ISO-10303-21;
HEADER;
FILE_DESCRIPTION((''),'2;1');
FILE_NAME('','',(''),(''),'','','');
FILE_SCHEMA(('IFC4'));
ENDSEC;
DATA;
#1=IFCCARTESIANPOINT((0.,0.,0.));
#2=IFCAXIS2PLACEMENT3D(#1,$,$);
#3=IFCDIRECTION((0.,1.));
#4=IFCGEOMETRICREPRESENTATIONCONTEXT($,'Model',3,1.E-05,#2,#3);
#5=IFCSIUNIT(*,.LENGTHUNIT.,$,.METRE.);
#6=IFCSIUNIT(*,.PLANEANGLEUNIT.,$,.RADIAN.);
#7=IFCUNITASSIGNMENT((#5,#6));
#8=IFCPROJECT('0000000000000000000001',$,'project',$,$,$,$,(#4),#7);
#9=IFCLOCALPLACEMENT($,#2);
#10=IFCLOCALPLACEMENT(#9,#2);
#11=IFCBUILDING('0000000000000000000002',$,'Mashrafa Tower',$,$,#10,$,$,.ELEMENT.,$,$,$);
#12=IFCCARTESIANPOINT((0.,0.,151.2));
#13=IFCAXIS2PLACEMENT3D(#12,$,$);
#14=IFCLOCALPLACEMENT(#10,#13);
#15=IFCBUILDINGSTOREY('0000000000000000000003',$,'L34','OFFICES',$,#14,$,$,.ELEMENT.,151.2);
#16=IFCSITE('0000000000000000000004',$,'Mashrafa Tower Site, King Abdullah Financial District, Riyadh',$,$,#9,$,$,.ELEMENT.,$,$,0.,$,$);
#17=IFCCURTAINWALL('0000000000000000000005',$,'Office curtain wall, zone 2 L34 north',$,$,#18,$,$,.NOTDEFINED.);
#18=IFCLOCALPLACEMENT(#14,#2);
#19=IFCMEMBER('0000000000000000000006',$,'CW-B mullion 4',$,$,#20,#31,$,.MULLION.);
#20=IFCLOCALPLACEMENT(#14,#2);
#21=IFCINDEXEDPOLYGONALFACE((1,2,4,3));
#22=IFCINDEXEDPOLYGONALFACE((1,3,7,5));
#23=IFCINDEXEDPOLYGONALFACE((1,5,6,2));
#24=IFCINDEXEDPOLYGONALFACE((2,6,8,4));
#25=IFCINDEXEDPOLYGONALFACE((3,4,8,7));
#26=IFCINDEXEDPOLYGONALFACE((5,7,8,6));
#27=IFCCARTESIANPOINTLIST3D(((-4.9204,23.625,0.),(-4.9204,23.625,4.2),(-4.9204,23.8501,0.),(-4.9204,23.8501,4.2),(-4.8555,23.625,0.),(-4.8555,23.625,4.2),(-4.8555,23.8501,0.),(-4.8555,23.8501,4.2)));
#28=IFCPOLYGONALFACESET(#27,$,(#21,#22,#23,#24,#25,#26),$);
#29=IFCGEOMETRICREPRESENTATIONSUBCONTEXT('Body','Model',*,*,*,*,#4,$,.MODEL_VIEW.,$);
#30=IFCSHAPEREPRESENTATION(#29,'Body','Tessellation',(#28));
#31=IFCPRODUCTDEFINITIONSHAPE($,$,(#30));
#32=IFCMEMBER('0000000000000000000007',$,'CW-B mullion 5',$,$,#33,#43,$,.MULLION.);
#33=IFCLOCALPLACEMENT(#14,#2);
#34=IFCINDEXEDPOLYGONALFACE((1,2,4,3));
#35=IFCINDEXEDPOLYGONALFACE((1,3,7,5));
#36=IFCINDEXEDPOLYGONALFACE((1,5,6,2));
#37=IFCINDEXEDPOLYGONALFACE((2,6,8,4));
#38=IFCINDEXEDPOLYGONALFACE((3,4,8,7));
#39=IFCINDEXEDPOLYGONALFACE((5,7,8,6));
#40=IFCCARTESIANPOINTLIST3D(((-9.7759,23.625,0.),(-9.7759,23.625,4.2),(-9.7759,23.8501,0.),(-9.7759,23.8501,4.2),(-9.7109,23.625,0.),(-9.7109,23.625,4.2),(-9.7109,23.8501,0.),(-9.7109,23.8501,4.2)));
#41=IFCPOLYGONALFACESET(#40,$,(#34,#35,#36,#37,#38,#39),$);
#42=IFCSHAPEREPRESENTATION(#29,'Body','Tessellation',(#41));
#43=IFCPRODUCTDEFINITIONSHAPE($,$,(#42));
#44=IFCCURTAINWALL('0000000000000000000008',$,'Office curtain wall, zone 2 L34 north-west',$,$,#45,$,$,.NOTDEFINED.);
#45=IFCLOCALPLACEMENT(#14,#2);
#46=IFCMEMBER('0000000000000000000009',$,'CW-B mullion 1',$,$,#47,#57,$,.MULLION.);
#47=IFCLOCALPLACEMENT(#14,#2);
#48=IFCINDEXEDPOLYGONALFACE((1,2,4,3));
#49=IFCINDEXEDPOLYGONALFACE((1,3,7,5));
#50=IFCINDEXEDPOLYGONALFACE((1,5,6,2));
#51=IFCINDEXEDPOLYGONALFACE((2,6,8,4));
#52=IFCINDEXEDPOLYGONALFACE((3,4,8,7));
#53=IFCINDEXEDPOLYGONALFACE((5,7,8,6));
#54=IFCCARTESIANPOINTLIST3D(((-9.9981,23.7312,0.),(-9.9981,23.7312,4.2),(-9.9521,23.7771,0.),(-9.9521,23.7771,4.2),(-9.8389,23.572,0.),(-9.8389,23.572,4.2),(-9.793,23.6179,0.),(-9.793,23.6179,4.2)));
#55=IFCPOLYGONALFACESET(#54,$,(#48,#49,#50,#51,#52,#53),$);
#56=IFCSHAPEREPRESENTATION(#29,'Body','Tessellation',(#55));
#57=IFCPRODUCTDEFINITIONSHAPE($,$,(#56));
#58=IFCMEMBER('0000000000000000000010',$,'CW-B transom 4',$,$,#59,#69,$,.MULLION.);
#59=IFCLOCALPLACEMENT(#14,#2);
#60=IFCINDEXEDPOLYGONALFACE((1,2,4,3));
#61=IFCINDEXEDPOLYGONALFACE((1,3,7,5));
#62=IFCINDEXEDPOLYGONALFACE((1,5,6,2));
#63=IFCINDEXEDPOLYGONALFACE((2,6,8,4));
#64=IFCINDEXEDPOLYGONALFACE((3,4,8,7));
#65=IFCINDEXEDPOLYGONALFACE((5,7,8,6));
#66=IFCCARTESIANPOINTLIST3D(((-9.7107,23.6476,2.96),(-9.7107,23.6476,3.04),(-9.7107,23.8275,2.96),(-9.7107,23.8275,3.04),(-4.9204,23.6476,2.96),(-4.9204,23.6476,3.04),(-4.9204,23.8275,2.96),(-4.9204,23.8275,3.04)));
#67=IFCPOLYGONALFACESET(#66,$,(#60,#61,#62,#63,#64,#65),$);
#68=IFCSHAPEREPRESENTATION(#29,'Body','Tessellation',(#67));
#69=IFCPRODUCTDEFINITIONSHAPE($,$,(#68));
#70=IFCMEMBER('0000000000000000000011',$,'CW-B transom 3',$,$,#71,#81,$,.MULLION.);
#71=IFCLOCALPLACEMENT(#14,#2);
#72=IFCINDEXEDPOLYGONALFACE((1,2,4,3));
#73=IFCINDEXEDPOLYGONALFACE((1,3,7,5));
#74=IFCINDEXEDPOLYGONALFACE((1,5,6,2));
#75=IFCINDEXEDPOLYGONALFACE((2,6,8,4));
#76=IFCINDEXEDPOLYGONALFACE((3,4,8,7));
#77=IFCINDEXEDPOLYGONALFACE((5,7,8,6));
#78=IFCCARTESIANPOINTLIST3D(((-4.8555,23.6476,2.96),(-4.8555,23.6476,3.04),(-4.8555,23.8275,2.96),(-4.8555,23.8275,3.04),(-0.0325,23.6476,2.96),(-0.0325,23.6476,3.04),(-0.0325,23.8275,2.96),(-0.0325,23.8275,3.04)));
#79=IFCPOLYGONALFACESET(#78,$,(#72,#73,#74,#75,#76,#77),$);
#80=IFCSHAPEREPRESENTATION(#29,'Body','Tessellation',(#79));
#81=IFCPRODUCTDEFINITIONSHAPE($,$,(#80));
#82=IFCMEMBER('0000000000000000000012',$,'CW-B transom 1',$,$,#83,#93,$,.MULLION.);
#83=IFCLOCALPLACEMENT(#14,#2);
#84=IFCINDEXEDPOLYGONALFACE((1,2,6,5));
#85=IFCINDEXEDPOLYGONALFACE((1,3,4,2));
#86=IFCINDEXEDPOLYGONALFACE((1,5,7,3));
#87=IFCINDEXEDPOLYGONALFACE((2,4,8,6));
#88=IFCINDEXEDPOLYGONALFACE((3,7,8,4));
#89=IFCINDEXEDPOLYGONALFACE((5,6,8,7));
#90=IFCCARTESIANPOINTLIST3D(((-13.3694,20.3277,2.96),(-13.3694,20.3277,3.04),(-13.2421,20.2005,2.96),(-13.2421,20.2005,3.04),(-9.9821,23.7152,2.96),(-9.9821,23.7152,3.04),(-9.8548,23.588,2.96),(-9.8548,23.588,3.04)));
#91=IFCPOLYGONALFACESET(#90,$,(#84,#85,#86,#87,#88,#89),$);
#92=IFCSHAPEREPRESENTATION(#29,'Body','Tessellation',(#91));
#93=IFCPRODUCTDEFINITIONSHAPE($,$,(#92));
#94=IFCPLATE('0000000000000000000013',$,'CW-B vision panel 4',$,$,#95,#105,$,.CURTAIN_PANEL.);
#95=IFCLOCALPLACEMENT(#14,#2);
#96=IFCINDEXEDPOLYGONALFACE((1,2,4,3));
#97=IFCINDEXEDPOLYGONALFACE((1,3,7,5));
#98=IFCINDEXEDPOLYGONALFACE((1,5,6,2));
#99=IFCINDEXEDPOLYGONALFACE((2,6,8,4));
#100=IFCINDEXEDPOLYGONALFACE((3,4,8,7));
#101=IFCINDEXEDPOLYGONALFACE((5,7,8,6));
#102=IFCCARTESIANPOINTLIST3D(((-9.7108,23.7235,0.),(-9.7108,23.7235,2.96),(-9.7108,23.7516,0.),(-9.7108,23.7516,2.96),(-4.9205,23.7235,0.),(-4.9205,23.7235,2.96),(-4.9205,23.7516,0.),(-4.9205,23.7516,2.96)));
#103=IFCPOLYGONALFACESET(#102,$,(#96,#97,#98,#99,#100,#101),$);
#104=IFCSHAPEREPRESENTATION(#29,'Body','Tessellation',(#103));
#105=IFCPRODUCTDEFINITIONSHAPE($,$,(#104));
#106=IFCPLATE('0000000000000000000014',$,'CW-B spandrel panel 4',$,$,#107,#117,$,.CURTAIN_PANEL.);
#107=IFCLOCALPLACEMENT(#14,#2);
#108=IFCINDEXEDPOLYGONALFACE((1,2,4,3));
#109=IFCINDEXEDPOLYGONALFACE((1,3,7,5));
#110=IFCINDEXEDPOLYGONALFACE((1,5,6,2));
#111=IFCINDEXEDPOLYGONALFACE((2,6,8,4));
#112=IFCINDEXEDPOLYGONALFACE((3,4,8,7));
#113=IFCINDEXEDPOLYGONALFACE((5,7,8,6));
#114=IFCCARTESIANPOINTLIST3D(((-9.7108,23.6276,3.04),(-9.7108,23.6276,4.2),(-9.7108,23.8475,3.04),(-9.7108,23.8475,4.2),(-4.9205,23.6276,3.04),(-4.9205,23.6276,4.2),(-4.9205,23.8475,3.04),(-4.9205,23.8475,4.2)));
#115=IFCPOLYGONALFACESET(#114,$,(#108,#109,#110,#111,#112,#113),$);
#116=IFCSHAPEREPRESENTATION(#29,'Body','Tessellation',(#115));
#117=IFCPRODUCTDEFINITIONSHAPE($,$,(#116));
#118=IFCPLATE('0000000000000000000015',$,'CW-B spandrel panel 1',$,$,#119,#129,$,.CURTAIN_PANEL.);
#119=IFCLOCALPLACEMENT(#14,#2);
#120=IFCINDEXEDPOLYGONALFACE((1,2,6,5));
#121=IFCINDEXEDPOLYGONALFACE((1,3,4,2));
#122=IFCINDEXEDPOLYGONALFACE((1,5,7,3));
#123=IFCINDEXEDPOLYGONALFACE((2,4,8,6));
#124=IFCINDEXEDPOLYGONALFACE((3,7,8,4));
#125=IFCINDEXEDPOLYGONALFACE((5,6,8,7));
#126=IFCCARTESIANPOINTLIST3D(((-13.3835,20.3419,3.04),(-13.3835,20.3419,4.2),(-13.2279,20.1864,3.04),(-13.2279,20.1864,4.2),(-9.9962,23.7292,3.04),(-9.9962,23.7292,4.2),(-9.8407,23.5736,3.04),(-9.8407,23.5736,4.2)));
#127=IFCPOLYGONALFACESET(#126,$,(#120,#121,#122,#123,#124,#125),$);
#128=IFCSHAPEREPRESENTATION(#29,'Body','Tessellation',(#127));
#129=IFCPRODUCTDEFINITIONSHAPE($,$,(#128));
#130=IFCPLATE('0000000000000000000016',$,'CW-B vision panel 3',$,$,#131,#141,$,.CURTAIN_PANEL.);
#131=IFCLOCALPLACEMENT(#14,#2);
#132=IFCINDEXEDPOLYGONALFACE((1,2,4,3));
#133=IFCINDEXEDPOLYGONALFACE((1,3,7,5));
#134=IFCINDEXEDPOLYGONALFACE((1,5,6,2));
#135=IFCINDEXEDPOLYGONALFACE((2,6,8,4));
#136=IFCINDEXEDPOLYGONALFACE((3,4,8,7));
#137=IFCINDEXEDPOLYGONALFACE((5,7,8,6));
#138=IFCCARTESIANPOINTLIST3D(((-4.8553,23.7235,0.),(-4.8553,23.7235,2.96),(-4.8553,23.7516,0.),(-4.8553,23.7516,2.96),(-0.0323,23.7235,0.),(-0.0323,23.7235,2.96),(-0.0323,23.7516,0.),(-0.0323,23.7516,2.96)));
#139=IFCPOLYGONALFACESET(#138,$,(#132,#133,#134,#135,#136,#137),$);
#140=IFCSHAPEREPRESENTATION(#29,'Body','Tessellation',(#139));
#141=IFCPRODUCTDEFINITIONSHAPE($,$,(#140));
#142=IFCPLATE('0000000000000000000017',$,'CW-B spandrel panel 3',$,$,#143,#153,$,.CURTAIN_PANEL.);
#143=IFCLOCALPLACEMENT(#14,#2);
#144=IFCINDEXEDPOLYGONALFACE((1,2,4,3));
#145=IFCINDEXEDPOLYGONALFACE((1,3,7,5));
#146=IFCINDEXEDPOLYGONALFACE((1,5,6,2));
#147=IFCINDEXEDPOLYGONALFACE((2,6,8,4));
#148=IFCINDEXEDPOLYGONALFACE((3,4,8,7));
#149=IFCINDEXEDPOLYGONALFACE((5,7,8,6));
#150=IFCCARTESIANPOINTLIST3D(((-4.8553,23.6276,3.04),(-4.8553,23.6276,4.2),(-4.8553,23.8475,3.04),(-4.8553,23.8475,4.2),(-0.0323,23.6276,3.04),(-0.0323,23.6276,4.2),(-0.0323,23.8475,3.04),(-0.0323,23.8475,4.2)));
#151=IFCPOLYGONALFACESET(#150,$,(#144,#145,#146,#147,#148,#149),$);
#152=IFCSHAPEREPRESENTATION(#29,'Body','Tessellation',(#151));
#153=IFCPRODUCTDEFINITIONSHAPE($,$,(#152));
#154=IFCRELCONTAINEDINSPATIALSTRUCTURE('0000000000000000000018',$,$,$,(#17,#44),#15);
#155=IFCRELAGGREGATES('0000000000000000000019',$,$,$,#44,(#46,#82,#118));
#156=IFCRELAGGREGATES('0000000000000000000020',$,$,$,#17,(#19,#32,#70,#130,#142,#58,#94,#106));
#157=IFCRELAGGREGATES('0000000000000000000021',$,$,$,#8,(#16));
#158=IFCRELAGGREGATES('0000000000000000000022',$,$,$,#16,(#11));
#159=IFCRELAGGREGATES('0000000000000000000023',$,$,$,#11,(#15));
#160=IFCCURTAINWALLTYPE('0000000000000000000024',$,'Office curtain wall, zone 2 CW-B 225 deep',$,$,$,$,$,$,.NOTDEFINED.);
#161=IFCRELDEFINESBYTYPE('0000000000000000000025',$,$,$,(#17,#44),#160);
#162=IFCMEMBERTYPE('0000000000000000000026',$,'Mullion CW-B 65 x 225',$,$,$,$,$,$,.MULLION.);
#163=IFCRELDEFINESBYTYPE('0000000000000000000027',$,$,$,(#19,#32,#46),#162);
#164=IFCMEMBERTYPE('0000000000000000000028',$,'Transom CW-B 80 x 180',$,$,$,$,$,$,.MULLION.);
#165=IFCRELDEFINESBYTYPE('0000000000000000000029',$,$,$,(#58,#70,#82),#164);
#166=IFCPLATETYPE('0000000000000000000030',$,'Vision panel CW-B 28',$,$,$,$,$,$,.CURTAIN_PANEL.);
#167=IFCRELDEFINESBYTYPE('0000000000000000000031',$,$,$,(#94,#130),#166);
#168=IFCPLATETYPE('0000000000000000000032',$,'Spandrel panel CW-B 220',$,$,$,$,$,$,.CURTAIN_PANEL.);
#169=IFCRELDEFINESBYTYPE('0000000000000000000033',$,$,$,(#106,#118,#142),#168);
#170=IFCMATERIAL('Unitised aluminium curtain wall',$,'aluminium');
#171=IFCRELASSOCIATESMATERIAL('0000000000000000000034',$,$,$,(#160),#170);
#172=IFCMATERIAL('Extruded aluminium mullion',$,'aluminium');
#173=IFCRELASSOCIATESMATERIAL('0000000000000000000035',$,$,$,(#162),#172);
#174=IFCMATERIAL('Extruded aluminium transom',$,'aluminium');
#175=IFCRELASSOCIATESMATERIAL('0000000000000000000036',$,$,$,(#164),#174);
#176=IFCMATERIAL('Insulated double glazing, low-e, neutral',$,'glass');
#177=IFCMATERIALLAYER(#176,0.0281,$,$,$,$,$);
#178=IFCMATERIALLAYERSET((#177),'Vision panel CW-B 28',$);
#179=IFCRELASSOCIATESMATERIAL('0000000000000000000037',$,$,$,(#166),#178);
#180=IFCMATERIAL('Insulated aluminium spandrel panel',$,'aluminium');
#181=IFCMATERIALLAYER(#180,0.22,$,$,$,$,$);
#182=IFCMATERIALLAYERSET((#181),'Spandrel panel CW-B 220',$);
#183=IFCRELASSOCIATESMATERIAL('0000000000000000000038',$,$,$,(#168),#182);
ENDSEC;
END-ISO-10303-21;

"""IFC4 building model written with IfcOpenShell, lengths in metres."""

from ifc_helpers import new_model, si_unit, direction, frame, origin, origin_2d, place, context, subcontext, project, spatial, rectangle, extrude, source, transform, mapped, material, layer, layer_set, material_profile, profile_set, type_object, type_shapes, element, aggregate, save


model = new_model("IFC4")

# Units and contexts
model_context = context("Model", 3, precision=1e-05, world=origin(), true_north=direction((0.0, 1.0)))
body_context = subcontext(model_context, "Body", "Model", "MODEL_VIEW")
ifc_project = project(units=[si_unit("LENGTHUNIT", "METRE"), si_unit("PLANEANGLEUNIT", "RADIAN")], contexts=[model_context])

# Site, building, storey
site_placement = place(None, origin())
site = spatial("IfcSite", under=ifc_project, at=site_placement, Name="Mashrafa Tower Site, King Abdullah Financial District, Riyadh", CompositionType="ELEMENT", RefElevation=0.0)
building_placement = place(site_placement, origin())
building = spatial("IfcBuilding", under=site, at=building_placement, Name="Mashrafa Tower", CompositionType="ELEMENT")
storey_placement = place(building_placement, frame((0.0, 0.0, 151.2)))
storey = spatial("IfcBuildingStorey", under=building, at=storey_placement, Name="L34", Description="OFFICES", CompositionType="ELEMENT", Elevation=151.2)

# Curtain wall, members
ifc_material_1 = material(Name="Unitised aluminium curtain wall", Category="aluminium")
curtain_wall_type = type_object("IfcCurtainWallType", Name="Office curtain wall, zone 2 CW-B 225 deep", PredefinedType="NOTDEFINED", material=ifc_material_1)
curtain_wall_1_placement = place(storey_placement, origin())
curtain_wall_1 = element("IfcCurtainWall", 1, at=curtain_wall_1_placement, inside=storey, type_object=curtain_wall_type, Name="Office curtain wall, zone 2 L34 north", PredefinedType="NOTDEFINED")
ifc_material_2 = material(Name="Extruded aluminium mullion", Category="aluminium")
ifc_material_profile_1 = material_profile(ifc_material_2, rectangle(XDim=0.2251, YDim=0.0649, at=origin_2d()), Name="Mullion 65x225")
ifc_profile_set_1 = profile_set([ifc_material_profile_1], Name="Extruded aluminium mullion")
member_type_1 = type_object("IfcMemberType", Name="Mullion CW-B 65 x 225", PredefinedType="MULLION", material=ifc_profile_set_1)
shared_shape_1 = source(origin(), body_context, "Body", "SweptSolid", [
    extrude(rectangle(XDim=0.2251, YDim=0.0649, at=origin_2d()), origin(), (0.0, 0.0, 1.0), 4.2),
])
type_shapes(member_type_1, [shared_shape_1])
member_1_placement = place(storey_placement, frame((-4.8879, 23.7375, 0.0), z_axis=(0.0, 0.0, 1.0), x_axis=(0.0, -1.0, 0.0)))
member_1 = element("IfcMember", 2, at=member_1_placement, type_object=member_type_1, Name="CW-B mullion 4", PredefinedType="MULLION", context=body_context, shape_type="MappedRepresentation", body=[
    mapped(shared_shape_1, transform((0.0, 0.0, 0.0))),
])
member_2_placement = place(storey_placement, frame((-9.7434, 23.7375, 0.0), z_axis=(0.0, 0.0, 1.0), x_axis=(0.0, -1.0, 0.0)))
member_2 = element("IfcMember", 3, at=member_2_placement, type_object=member_type_1, Name="CW-B mullion 5", PredefinedType="MULLION", context=body_context, shape_type="MappedRepresentation", body=[
    mapped(shared_shape_1, transform((0.0, 0.0, 0.0))),
])

# Curtain wall, member
curtain_wall_2_placement = place(storey_placement, origin())
curtain_wall_2 = element("IfcCurtainWall", 4, at=curtain_wall_2_placement, inside=storey, type_object=curtain_wall_type, Name="Office curtain wall, zone 2 L34 north-west", PredefinedType="NOTDEFINED")
member_3_placement = place(storey_placement, frame((-9.8955, 23.6746, 0.0), z_axis=(0.0, 0.0, 1.0), x_axis=(0.707107, -0.707107, 0.0)))
member_3 = element("IfcMember", 5, at=member_3_placement, type_object=member_type_1, Name="CW-B mullion 1", PredefinedType="MULLION", context=body_context, shape_type="MappedRepresentation", body=[
    mapped(shared_shape_1, transform((0.0, 0.0, 0.0))),
])

# Members
ifc_material_3 = material(Name="Extruded aluminium transom", Category="aluminium")
ifc_material_profile_2 = material_profile(ifc_material_3, rectangle(XDim=0.1799, YDim=0.0801, at=origin_2d()), Name="Transom 80x180")
ifc_profile_set_2 = profile_set([ifc_material_profile_2], Name="Extruded aluminium transom")
member_type_2 = type_object("IfcMemberType", Name="Transom CW-B 80 x 180", PredefinedType="MULLION", material=ifc_profile_set_2)
shared_shape_2 = source(origin(), body_context, "Body", "SweptSolid", [
    extrude(rectangle(XDim=0.1799, YDim=0.0801, at=origin_2d()), origin(), (0.0, 0.0, 1.0), 4.7903),
])
member_4_placement = place(storey_placement, frame((-4.9204, 23.7375, 3.0), z_axis=(-1.0, 0.0, 0.0), x_axis=(0.0, -1.0, 0.0)))
member_4 = element("IfcMember", 6, at=member_4_placement, type_object=member_type_2, Name="CW-B transom 4", PredefinedType="MULLION", context=body_context, shape_type="MappedRepresentation", body=[
    mapped(shared_shape_2, transform((0.0, 0.0, 0.0))),
])
shared_shape_3 = source(origin(), body_context, "Body", "SweptSolid", [
    extrude(rectangle(XDim=0.1799, YDim=0.0801, at=origin_2d()), origin(), (0.0, 0.0, 1.0), 4.823),
])
member_5_placement = place(storey_placement, frame((-0.0325, 23.7375, 3.0), z_axis=(-1.0, 0.0, 0.0), x_axis=(0.0, -1.0, 0.0)))
member_5 = element("IfcMember", 7, at=member_5_placement, type_object=member_type_2, Name="CW-B transom 3", PredefinedType="MULLION", context=body_context, shape_type="MappedRepresentation", body=[
    mapped(shared_shape_3, transform((0.0, 0.0, 0.0))),
])
shared_shape_4 = source(origin(), body_context, "Body", "SweptSolid", [
    extrude(rectangle(XDim=0.1799, YDim=0.0801, at=origin_2d()), origin(), (0.0, 0.0, 1.0), 4.7905),
])
type_shapes(member_type_2, [shared_shape_2, shared_shape_3, shared_shape_4])
member_6_placement = place(storey_placement, frame((-9.9185, 23.6516, 3.0), z_axis=(-0.707081, -0.707132, 0.0), x_axis=(0.707132, -0.707081, 0.0)))
member_6 = element("IfcMember", 8, at=member_6_placement, type_object=member_type_2, Name="CW-B transom 1", PredefinedType="MULLION", context=body_context, shape_type="MappedRepresentation", body=[
    mapped(shared_shape_4, transform((0.0, 0.0, 0.0))),
])

# Plates
ifc_material_4 = material(Name="Insulated double glazing, low-e, neutral", Category="glass")
ifc_layer_1 = layer(ifc_material_4, 0.0281)
ifc_layer_set_1 = layer_set([ifc_layer_1], Name="Vision panel CW-B 28")
plate_type_1 = type_object("IfcPlateType", Name="Vision panel CW-B 28", PredefinedType="CURTAIN_PANEL", material=ifc_layer_set_1)
shared_shape_5 = source(origin(), body_context, "Body", "SweptSolid", [
    extrude(rectangle(XDim=4.7903, YDim=0.0281, at=origin_2d()), origin(), (0.0, 0.0, 1.0), 2.96),
])
plate_1_placement = place(storey_placement, frame((-7.3157, 23.7375, 0.0), z_axis=(0.0, 0.0, 1.0), x_axis=(-1.0, 0.0, 0.0)))
plate_1 = element("IfcPlate", 9, at=plate_1_placement, type_object=plate_type_1, Name="CW-B vision panel 4", PredefinedType="CURTAIN_PANEL", context=body_context, shape_type="MappedRepresentation", body=[
    mapped(shared_shape_5, transform((0.0, 0.0, 0.0))),
])
ifc_material_5 = material(Name="Insulated aluminium spandrel panel", Category="aluminium")
ifc_layer_2 = layer(ifc_material_5, 0.22)
ifc_layer_set_2 = layer_set([ifc_layer_2], Name="Spandrel panel CW-B 220")
plate_type_2 = type_object("IfcPlateType", Name="Spandrel panel CW-B 220", PredefinedType="CURTAIN_PANEL", material=ifc_layer_set_2)
shared_shape_6 = source(origin(), body_context, "Body", "SweptSolid", [
    extrude(rectangle(XDim=4.7903, YDim=0.22, at=origin_2d()), origin(), (0.0, 0.0, 1.0), 1.1599),
])
plate_2_placement = place(storey_placement, frame((-7.3157, 23.7375, 3.04), z_axis=(0.0, 0.0, 1.0), x_axis=(-1.0, 0.0, 0.0)))
plate_2 = element("IfcPlate", 10, at=plate_2_placement, type_object=plate_type_2, Name="CW-B spandrel panel 4", PredefinedType="CURTAIN_PANEL", context=body_context, shape_type="MappedRepresentation", body=[
    mapped(shared_shape_6, transform((0.0, 0.0, 0.0))),
])
plate_3_placement = place(storey_placement, frame((-11.6121, 21.9578, 3.04), z_axis=(0.0, 0.0, 1.0), x_axis=(-0.707107, -0.707107, 0.0)))
plate_3 = element("IfcPlate", 11, at=plate_3_placement, type_object=plate_type_2, Name="CW-B spandrel panel 1", PredefinedType="CURTAIN_PANEL", context=body_context, shape_type="MappedRepresentation", body=[
    mapped(shared_shape_6, transform((0.0, 0.0, 0.0))),
])
aggregate(curtain_wall_2, [member_3, member_6, plate_3])
shared_shape_7 = source(origin(), body_context, "Body", "SweptSolid", [
    extrude(rectangle(XDim=4.823, YDim=0.0281, at=origin_2d()), origin(), (0.0, 0.0, 1.0), 2.96),
])
type_shapes(plate_type_1, [shared_shape_5, shared_shape_7])
plate_4_placement = place(storey_placement, frame((-2.4438, 23.7375, 0.0), z_axis=(0.0, 0.0, 1.0), x_axis=(-1.0, 0.0, 0.0)))
plate_4 = element("IfcPlate", 12, at=plate_4_placement, type_object=plate_type_1, Name="CW-B vision panel 3", PredefinedType="CURTAIN_PANEL", context=body_context, shape_type="MappedRepresentation", body=[
    mapped(shared_shape_7, transform((0.0, 0.0, 0.0))),
])
shared_shape_8 = source(origin(), body_context, "Body", "SweptSolid", [
    extrude(rectangle(XDim=4.823, YDim=0.22, at=origin_2d()), origin(), (0.0, 0.0, 1.0), 1.1599),
])
type_shapes(plate_type_2, [shared_shape_6, shared_shape_8])
plate_5_placement = place(storey_placement, frame((-2.4438, 23.7375, 3.04), z_axis=(0.0, 0.0, 1.0), x_axis=(-1.0, 0.0, 0.0)))
plate_5 = element("IfcPlate", 13, at=plate_5_placement, type_object=plate_type_2, Name="CW-B spandrel panel 3", PredefinedType="CURTAIN_PANEL", context=body_context, shape_type="MappedRepresentation", body=[
    mapped(shared_shape_8, transform((0.0, 0.0, 0.0))),
])
aggregate(curtain_wall_1, [member_1, member_2, member_5, plate_4, plate_5, member_4, plate_1, plate_2])

save(model, "model.ifc")
